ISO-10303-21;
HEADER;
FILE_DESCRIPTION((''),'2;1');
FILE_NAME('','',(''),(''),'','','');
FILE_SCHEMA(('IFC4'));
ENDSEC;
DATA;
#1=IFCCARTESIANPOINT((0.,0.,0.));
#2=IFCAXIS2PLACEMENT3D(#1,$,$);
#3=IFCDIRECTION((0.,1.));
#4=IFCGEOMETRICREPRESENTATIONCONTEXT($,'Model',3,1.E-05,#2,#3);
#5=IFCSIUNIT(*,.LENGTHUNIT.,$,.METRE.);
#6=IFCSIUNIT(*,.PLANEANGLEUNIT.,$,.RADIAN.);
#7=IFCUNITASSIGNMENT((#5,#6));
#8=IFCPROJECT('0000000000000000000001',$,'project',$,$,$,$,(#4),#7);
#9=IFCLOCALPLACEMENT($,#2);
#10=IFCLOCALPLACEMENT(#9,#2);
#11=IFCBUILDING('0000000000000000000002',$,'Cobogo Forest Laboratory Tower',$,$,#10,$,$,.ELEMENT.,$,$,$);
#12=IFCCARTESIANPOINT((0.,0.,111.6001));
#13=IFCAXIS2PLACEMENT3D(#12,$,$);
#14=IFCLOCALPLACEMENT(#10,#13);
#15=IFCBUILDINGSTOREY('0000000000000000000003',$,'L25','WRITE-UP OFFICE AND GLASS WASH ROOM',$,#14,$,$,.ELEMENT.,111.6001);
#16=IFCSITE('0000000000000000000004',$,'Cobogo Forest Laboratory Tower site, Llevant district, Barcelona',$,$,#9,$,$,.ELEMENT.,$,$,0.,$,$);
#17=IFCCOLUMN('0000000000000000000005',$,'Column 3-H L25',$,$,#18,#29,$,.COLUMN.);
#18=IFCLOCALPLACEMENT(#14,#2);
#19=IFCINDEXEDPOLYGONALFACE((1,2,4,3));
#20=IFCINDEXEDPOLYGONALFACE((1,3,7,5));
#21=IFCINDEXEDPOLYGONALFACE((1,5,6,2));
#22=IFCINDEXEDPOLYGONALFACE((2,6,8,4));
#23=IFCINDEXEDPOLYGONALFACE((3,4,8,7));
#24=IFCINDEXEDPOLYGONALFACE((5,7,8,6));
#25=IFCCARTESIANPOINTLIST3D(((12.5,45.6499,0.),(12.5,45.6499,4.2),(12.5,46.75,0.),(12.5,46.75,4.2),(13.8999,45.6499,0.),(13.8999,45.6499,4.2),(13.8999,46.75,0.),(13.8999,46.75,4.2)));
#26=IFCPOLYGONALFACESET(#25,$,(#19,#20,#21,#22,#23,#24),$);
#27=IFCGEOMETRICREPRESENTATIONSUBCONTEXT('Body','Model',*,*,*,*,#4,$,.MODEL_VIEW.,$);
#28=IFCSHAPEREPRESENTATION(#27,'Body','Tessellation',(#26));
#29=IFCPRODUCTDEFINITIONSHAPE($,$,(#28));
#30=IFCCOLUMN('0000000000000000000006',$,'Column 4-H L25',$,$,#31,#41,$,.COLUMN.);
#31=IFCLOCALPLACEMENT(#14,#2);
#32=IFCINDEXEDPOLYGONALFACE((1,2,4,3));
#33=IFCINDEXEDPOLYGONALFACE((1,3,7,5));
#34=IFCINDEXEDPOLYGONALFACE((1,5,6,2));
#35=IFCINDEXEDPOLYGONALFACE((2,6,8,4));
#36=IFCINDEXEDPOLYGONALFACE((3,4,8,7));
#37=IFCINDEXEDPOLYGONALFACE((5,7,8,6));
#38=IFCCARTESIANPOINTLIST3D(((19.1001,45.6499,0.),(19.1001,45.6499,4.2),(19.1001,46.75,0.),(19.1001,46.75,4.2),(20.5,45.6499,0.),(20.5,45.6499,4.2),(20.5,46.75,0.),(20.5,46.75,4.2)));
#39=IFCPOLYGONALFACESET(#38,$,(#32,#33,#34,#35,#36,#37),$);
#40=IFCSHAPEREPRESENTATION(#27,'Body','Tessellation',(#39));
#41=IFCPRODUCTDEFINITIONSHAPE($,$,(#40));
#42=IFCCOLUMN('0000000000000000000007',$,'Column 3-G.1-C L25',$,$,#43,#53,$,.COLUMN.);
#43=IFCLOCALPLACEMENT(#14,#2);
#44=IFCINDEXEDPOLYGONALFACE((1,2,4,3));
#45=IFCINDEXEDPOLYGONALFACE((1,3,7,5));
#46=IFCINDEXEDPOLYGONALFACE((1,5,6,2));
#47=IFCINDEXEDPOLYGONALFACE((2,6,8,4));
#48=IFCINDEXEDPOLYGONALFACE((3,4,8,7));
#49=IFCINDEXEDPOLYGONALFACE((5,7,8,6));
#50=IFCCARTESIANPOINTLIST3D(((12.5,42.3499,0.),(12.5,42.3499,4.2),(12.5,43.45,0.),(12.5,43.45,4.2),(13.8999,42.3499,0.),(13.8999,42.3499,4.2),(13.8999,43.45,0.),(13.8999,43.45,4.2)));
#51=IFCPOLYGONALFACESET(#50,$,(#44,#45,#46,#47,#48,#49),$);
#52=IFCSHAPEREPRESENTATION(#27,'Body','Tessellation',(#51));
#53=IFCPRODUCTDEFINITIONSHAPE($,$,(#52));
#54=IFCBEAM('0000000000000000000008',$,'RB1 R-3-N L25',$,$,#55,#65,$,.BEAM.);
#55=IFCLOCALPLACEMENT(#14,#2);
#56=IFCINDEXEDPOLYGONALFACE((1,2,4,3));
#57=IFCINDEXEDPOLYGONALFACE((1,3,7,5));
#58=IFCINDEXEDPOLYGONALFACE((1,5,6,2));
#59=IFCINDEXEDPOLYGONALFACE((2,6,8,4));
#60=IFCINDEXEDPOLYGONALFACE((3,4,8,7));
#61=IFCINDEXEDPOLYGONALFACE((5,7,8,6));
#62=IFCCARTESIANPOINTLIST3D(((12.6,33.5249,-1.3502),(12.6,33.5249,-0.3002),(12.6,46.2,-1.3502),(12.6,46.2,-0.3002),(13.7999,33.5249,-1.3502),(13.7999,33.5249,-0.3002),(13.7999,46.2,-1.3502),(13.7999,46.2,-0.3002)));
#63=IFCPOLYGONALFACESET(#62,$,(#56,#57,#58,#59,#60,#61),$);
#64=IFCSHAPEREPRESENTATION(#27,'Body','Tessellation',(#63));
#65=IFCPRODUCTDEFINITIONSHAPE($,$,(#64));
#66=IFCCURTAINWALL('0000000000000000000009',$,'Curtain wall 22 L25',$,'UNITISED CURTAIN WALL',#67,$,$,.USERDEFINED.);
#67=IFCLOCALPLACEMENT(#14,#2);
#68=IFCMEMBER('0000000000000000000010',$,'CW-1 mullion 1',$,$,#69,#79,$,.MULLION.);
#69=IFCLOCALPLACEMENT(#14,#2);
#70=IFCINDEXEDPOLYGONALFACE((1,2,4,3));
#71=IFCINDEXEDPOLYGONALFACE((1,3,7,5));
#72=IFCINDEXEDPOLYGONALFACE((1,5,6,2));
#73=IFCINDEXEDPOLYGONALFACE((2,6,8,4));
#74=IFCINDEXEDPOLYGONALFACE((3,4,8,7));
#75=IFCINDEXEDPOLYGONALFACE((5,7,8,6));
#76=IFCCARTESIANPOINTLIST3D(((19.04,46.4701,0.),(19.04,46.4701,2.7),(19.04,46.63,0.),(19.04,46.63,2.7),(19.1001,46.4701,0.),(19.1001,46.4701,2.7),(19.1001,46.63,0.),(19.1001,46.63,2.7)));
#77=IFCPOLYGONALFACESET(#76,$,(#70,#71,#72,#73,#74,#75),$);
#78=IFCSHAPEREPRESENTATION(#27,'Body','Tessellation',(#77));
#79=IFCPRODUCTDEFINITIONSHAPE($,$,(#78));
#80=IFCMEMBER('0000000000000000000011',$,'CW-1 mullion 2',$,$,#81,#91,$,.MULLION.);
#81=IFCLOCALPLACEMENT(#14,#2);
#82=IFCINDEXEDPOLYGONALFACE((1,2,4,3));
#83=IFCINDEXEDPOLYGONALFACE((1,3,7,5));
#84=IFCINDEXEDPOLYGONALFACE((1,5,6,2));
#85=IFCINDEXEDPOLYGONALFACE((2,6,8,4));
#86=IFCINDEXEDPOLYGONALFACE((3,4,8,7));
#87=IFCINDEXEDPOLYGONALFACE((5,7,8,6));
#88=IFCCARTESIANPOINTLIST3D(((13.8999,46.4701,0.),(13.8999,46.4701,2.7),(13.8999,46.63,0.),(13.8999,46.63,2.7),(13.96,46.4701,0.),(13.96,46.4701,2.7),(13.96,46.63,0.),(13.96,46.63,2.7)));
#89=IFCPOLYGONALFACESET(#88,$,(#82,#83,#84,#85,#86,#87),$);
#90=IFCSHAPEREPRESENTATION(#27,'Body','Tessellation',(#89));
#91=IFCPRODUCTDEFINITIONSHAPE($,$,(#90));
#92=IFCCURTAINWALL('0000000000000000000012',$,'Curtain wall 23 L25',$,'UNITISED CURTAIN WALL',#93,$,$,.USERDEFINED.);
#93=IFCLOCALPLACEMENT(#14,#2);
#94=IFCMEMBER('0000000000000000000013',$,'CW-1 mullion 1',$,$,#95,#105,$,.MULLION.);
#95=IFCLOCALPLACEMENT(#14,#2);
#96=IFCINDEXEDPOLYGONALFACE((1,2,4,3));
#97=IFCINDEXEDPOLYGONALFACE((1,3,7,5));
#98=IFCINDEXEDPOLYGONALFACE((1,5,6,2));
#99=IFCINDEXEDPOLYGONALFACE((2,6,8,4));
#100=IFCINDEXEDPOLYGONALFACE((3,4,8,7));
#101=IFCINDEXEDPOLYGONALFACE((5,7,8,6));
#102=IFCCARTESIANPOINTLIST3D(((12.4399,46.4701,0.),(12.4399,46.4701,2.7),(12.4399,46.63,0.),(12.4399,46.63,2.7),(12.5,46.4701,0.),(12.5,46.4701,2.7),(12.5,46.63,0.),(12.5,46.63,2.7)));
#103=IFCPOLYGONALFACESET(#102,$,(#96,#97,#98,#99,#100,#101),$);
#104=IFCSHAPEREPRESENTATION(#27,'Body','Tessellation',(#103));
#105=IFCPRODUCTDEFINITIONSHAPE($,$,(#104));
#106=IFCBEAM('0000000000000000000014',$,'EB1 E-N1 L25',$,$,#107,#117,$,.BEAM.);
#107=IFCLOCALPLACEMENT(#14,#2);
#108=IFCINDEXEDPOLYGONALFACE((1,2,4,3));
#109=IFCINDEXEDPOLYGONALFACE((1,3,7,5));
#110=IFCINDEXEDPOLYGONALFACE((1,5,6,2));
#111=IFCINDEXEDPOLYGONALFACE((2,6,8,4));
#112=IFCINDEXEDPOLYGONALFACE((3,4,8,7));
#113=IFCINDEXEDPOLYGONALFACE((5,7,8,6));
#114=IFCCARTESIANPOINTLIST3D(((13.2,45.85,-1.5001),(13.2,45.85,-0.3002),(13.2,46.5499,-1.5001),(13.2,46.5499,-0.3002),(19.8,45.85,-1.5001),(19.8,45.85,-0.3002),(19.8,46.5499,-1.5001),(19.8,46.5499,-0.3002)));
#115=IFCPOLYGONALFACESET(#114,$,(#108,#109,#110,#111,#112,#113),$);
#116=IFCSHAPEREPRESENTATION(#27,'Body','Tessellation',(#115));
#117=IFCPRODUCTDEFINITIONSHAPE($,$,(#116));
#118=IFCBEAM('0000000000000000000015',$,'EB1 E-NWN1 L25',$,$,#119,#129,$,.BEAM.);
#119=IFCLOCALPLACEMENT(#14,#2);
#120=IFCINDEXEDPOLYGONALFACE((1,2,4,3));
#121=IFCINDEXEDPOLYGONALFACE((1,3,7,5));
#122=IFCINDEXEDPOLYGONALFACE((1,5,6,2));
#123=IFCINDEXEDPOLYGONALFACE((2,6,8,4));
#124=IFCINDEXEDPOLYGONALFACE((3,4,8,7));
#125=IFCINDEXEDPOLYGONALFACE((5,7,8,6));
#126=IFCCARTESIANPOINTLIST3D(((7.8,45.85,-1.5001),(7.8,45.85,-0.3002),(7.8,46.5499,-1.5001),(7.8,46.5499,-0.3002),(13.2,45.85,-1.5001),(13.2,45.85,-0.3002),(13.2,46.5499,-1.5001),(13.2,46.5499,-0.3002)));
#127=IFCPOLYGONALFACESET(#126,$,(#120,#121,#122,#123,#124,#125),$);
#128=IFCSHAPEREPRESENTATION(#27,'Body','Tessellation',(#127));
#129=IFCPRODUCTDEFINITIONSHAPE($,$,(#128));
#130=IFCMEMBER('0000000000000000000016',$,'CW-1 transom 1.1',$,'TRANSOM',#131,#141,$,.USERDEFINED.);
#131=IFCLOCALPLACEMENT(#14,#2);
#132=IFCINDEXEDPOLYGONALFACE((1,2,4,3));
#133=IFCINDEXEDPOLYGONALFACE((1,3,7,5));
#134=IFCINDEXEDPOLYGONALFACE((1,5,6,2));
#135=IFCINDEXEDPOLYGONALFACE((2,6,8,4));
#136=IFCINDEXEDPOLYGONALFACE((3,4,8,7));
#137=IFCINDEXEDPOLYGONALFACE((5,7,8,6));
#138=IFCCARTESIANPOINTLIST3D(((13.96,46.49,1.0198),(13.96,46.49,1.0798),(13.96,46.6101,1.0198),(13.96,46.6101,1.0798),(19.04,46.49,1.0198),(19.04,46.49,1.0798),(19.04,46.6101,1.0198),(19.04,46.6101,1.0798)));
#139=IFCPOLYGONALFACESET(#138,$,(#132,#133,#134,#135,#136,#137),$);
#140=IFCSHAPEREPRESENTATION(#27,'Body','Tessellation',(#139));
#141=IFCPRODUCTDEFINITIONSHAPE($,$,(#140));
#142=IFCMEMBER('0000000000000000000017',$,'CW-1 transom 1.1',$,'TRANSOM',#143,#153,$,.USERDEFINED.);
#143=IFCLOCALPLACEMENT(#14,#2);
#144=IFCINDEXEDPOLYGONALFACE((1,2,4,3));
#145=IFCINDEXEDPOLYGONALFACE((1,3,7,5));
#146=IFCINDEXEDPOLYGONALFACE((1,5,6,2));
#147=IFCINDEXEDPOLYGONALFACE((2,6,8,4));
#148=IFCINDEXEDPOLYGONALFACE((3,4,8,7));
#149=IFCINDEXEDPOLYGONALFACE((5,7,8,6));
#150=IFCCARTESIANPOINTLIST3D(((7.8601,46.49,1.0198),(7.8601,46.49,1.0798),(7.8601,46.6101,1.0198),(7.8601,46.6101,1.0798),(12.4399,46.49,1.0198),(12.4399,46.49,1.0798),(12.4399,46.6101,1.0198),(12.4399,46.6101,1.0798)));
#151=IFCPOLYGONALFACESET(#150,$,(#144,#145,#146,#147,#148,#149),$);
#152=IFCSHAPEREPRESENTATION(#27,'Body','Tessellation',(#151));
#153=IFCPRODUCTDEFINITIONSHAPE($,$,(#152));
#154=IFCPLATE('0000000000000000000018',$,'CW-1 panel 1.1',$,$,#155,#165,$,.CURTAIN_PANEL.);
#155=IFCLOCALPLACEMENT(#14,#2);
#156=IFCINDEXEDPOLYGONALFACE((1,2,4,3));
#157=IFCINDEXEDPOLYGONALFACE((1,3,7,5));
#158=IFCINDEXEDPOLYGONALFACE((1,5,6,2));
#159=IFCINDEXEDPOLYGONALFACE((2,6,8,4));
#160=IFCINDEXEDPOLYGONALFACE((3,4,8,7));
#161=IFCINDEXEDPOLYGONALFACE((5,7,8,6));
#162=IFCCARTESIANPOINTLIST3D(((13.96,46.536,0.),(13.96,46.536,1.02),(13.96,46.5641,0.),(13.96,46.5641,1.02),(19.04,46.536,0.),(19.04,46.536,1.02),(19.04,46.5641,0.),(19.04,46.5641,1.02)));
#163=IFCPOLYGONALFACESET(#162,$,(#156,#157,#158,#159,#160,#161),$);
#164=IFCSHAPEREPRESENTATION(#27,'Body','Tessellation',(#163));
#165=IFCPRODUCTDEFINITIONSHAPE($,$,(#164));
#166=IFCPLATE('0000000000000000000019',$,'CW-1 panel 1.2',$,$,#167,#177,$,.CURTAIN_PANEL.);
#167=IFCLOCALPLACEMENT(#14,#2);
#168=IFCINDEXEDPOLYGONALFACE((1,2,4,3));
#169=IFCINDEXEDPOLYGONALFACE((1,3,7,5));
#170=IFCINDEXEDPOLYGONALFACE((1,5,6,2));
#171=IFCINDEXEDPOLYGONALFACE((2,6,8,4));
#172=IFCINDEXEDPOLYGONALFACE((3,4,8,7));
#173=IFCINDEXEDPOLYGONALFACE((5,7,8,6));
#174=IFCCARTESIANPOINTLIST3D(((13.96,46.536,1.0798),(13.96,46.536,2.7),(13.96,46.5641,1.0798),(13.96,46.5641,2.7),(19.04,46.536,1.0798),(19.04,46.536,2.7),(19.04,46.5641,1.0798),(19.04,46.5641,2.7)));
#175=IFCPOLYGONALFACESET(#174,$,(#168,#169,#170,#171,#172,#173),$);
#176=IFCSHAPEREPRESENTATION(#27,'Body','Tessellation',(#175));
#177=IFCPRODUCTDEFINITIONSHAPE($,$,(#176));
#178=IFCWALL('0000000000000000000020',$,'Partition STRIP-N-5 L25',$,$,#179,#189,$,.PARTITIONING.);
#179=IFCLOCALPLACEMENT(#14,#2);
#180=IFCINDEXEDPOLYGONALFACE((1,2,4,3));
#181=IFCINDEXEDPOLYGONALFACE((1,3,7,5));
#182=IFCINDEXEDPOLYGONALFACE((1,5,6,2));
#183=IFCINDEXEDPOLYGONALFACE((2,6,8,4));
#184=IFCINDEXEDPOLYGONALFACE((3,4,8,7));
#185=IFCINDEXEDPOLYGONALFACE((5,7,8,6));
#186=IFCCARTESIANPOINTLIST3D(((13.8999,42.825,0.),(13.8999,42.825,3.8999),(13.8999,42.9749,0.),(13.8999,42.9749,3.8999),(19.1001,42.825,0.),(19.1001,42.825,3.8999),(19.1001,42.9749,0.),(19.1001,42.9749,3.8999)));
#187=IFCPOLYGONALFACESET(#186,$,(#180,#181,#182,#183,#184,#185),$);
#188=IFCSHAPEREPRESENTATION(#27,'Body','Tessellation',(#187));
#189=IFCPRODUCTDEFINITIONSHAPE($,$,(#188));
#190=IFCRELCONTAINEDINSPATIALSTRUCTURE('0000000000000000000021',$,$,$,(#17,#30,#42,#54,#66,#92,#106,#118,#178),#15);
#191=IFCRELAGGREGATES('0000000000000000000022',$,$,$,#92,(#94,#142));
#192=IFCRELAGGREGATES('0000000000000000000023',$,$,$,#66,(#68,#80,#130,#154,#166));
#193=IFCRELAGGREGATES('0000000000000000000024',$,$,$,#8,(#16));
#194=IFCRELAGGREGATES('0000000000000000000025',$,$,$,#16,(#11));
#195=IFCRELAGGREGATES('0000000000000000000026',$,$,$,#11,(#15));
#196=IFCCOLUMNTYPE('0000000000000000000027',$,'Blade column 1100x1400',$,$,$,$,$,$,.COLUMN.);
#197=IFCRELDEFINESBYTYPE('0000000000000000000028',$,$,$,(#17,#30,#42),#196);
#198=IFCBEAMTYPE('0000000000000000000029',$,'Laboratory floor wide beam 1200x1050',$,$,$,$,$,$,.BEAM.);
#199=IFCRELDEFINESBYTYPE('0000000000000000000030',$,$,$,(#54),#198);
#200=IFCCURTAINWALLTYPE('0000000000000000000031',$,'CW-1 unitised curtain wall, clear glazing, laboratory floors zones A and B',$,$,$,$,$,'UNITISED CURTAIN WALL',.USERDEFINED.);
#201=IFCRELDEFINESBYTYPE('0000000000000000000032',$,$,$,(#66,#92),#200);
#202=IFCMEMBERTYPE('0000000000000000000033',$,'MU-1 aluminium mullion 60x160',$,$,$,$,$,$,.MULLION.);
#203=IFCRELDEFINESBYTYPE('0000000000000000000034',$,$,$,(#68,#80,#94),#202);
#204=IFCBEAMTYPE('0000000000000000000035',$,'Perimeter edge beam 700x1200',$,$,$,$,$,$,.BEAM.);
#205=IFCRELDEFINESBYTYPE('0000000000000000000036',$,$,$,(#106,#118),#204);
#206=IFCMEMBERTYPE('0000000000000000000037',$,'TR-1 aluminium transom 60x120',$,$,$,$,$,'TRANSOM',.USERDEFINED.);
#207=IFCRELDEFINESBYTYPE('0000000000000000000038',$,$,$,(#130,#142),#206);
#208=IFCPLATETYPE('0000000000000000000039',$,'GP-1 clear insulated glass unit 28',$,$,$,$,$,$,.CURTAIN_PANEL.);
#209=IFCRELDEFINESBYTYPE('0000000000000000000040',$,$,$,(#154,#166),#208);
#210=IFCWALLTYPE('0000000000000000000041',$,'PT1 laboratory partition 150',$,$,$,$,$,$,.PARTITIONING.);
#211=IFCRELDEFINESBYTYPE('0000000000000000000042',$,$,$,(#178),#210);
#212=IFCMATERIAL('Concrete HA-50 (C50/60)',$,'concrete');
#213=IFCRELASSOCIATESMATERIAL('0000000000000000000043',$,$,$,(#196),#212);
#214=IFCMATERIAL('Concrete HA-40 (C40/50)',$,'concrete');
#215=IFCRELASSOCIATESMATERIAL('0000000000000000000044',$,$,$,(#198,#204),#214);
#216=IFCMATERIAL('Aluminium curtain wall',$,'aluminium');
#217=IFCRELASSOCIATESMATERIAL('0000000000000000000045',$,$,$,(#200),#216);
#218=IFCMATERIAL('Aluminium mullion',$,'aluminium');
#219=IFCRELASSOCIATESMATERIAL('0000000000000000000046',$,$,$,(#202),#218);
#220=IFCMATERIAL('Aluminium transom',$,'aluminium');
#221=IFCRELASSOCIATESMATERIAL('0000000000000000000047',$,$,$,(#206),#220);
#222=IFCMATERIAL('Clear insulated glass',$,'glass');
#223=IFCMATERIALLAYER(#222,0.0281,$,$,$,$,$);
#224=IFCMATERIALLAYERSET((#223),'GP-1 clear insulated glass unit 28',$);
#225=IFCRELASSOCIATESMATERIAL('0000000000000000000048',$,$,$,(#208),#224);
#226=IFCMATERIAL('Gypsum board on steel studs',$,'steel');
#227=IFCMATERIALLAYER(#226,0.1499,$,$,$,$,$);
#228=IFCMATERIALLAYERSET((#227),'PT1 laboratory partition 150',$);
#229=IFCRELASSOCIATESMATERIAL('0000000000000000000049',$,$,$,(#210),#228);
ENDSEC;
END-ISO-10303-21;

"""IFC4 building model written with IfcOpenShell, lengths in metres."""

from ifc_helpers import new_model, si_unit, direction, frame, frame_2d, origin, origin_2d, place, context, subcontext, project, spatial, rectangle, extrude, material, layer, layer_set, material_profile, profile_set, type_object, element, aggregate, save


model = new_model("IFC4")

# Units and contexts
model_context = context("Model", 3, precision=1e-05, world=origin(), true_north=direction((0.0, 1.0)))
body_context = subcontext(model_context, "Body", "Model", "MODEL_VIEW")
ifc_project = project(units=[si_unit("LENGTHUNIT", "METRE"), si_unit("PLANEANGLEUNIT", "RADIAN")], contexts=[model_context])

# Site, building, storey
site_placement = place(None, origin())
site = spatial("IfcSite", under=ifc_project, at=site_placement, Name="Cobogo Forest Laboratory Tower site, Llevant district, Barcelona", CompositionType="ELEMENT", RefElevation=0.0)
building_placement = place(site_placement, origin())
building = spatial("IfcBuilding", under=site, at=building_placement, Name="Cobogo Forest Laboratory Tower", CompositionType="ELEMENT")
storey_placement = place(building_placement, frame((0.0, 0.0, 111.6001)))
storey = spatial("IfcBuildingStorey", under=building, at=storey_placement, Name="L25", Description="WRITE-UP OFFICE AND GLASS WASH ROOM", CompositionType="ELEMENT", Elevation=111.6001)

# Columns
ifc_material_1 = material(Name="Concrete HA-50 (C50/60)", Category="concrete")
ifc_material_profile_1 = material_profile(ifc_material_1, rectangle(XDim=1.3999, YDim=1.1001, at=origin_2d()), Name="RC 1100x1400")
ifc_profile_set_1 = profile_set([ifc_material_profile_1], Name="Concrete HA-50 (C50/60)")
column_type = type_object("IfcColumnType", Name="Blade column 1100x1400", PredefinedType="COLUMN", material=ifc_profile_set_1)
for number, where, z_axis, x_axis, name in (
    (1, (13.2, 46.2, 0.0), (0.0, 0.0, 1.0), (1.0, 0.0, 0.0), "Column 3-H L25"),
    (2, (19.8, 46.2, 0.0), (0.0, 0.0, 1.0), (1.0, 0.0, 0.0), "Column 4-H L25"),
    (3, (13.2, 42.8999, 0.0), (0.0, 0.0, 1.0), (1.0, 0.0, 0.0), "Column 3-G.1-C L25"),
):
    element("IfcColumn", number, at=place(storey_placement, frame(where, z_axis=z_axis, x_axis=x_axis)), inside=storey, type_object=column_type, Name=name, PredefinedType="COLUMN", context=body_context, shape_type="SweptSolid", body=[
        extrude(rectangle(XDim=1.3999, YDim=1.1001, at=origin_2d()), origin(), (0.0, 0.0, 1.0), 4.2),
    ])

# Beam
ifc_material_2 = material(Name="Concrete HA-40 (C40/50)", Category="concrete")
ifc_material_profile_2 = material_profile(ifc_material_2, rectangle(XDim=1.2, YDim=1.05, at=origin_2d()), Name="RC 1200x1050")
ifc_profile_set_2 = profile_set([ifc_material_profile_2], Name="Concrete HA-40 (C40/50)")
beam_type_1 = type_object("IfcBeamType", Name="Laboratory floor wide beam 1200x1050", PredefinedType="BEAM", material=ifc_profile_set_2)
beam_1_placement = place(storey_placement, frame((13.2, 33.5249, -0.8252), z_axis=(0.0, 1.0, 0.0), x_axis=(-1.0, 0.0, 0.0)))
element("IfcBeam", 4, at=beam_1_placement, inside=storey, type_object=beam_type_1, Name="RB1 R-3-N L25", PredefinedType="BEAM", context=body_context, shape_type="SweptSolid", body=[
    extrude(rectangle(XDim=1.2, YDim=1.05, at=origin_2d()), origin(), (0.0, 0.0, 1.0), 12.675),
])

# Curtain wall, members
ifc_material_3 = material(Name="Aluminium curtain wall", Category="aluminium")
curtain_wall_type = type_object("IfcCurtainWallType", Name="CW-1 unitised curtain wall, clear glazing, laboratory floors zones A and B", ElementType="UNITISED CURTAIN WALL", PredefinedType="USERDEFINED", material=ifc_material_3)
curtain_wall_1_placement = place(storey_placement, origin())
curtain_wall_1 = element("IfcCurtainWall", 5, at=curtain_wall_1_placement, inside=storey, type_object=curtain_wall_type, Name="Curtain wall 22 L25", ObjectType="UNITISED CURTAIN WALL", PredefinedType="USERDEFINED")
ifc_material_4 = material(Name="Aluminium mullion", Category="aluminium")
ifc_material_profile_3 = material_profile(ifc_material_4, rectangle(XDim=0.0601, YDim=0.1599, at=origin_2d()), Name="AL 60x160")
ifc_profile_set_3 = profile_set([ifc_material_profile_3], Name="Aluminium mullion")
member_type_1 = type_object("IfcMemberType", Name="MU-1 aluminium mullion 60x160", PredefinedType="MULLION", material=ifc_profile_set_3)
member_1_placement = place(storey_placement, frame((19.0701, 46.55, 0.0), z_axis=(0.0, 0.0, 1.0), x_axis=(-1.0, 0.0, 0.0)))
member_1 = element("IfcMember", 6, at=member_1_placement, type_object=member_type_1, Name="CW-1 mullion 1", PredefinedType="MULLION", context=body_context, shape_type="SweptSolid", body=[
    extrude(rectangle(XDim=0.0601, YDim=0.1599, at=origin_2d()), origin(), (0.0, 0.0, 1.0), 2.7),
])
member_2_placement = place(storey_placement, frame((13.9299, 46.55, 0.0), z_axis=(0.0, 0.0, 1.0), x_axis=(-1.0, 0.0, 0.0)))
member_2 = element("IfcMember", 7, at=member_2_placement, type_object=member_type_1, Name="CW-1 mullion 2", PredefinedType="MULLION", context=body_context, shape_type="SweptSolid", body=[
    extrude(rectangle(XDim=0.0601, YDim=0.1599, at=origin_2d()), origin(), (0.0, 0.0, 1.0), 2.7),
])

# Curtain wall, member
curtain_wall_2_placement = place(storey_placement, origin())
curtain_wall_2 = element("IfcCurtainWall", 8, at=curtain_wall_2_placement, inside=storey, type_object=curtain_wall_type, Name="Curtain wall 23 L25", ObjectType="UNITISED CURTAIN WALL", PredefinedType="USERDEFINED")
member_3_placement = place(storey_placement, frame((12.47, 46.55, 0.0), z_axis=(0.0, 0.0, 1.0), x_axis=(-1.0, 0.0, 0.0)))
member_3 = element("IfcMember", 9, at=member_3_placement, type_object=member_type_1, Name="CW-1 mullion 1", PredefinedType="MULLION", context=body_context, shape_type="SweptSolid", body=[
    extrude(rectangle(XDim=0.0601, YDim=0.1599, at=origin_2d()), origin(), (0.0, 0.0, 1.0), 2.7),
])

# Beams
ifc_material_profile_4 = material_profile(ifc_material_2, rectangle(XDim=0.7, YDim=1.2, at=origin_2d()), Name="RC 700x1200")
ifc_profile_set_4 = profile_set([ifc_material_profile_4], Name="Concrete HA-40 (C40/50)")
beam_type_2 = type_object("IfcBeamType", Name="Perimeter edge beam 700x1200", PredefinedType="BEAM", material=ifc_profile_set_4)
beam_2_placement = place(storey_placement, frame((13.2, 46.2, -0.9001), z_axis=(1.0, 0.0, 0.0), x_axis=(0.0, 1.0, 0.0)))
element("IfcBeam", 10, at=beam_2_placement, inside=storey, type_object=beam_type_2, Name="EB1 E-N1 L25", PredefinedType="BEAM", context=body_context, shape_type="SweptSolid", body=[
    extrude(rectangle(XDim=0.7, YDim=1.2, at=origin_2d()), origin(), (0.0, 0.0, 1.0), 6.6001),
])
beam_3_placement = place(storey_placement, frame((13.2, 46.2, -0.9001), z_axis=(-1.0, 0.0, 0.0), x_axis=(0.0, -1.0, 0.0)))
element("IfcBeam", 11, at=beam_3_placement, inside=storey, type_object=beam_type_2, Name="EB1 E-NWN1 L25", PredefinedType="BEAM", context=body_context, shape_type="SweptSolid", body=[
    extrude(rectangle(XDim=0.7, YDim=1.2, at=origin_2d()), origin(), (0.0, 0.0, 1.0), 5.3999),
])

# Members
ifc_material_5 = material(Name="Aluminium transom", Category="aluminium")
ifc_material_profile_5 = material_profile(ifc_material_5, rectangle(XDim=0.1201, YDim=0.0601, at=origin_2d()), Name="AL 60x120")
ifc_profile_set_5 = profile_set([ifc_material_profile_5], Name="Aluminium transom")
member_type_2 = type_object("IfcMemberType", Name="TR-1 aluminium transom 60x120", ElementType="TRANSOM", PredefinedType="USERDEFINED", material=ifc_profile_set_5)
member_4_placement = place(storey_placement, frame((19.04, 46.55, 1.0498), z_axis=(-1.0, 0.0, 0.0), x_axis=(0.0, -1.0, 0.0)))
member_4 = element("IfcMember", 12, at=member_4_placement, type_object=member_type_2, Name="CW-1 transom 1.1", ObjectType="TRANSOM", PredefinedType="USERDEFINED", context=body_context, shape_type="SweptSolid", body=[
    extrude(rectangle(XDim=0.1201, YDim=0.0601, at=origin_2d()), origin(), (0.0, 0.0, 1.0), 5.0801),
])
member_5_placement = place(storey_placement, frame((12.4399, 46.55, 1.0498), z_axis=(-1.0, 0.0, 0.0), x_axis=(0.0, -1.0, 0.0)))
member_5 = element("IfcMember", 13, at=member_5_placement, type_object=member_type_2, Name="CW-1 transom 1.1", ObjectType="TRANSOM", PredefinedType="USERDEFINED", context=body_context, shape_type="SweptSolid", body=[
    extrude(rectangle(XDim=0.1201, YDim=0.0601, at=origin_2d()), origin(), (0.0, 0.0, 1.0), 4.5798),
])
aggregate(curtain_wall_2, [member_3, member_5])

# Plates
ifc_material_6 = material(Name="Clear insulated glass", Category="glass")
ifc_layer_1 = layer(ifc_material_6, 0.0281)
ifc_layer_set_1 = layer_set([ifc_layer_1], Name="GP-1 clear insulated glass unit 28")
plate_type_1 = type_object("IfcPlateType", Name="GP-1 clear insulated glass unit 28", PredefinedType="CURTAIN_PANEL", material=ifc_layer_set_1)
plate_1_placement = place(storey_placement, frame((16.5, 46.55, 0.0), z_axis=(0.0, 0.0, 1.0), x_axis=(-1.0, 0.0, 0.0)))
plate_1 = element("IfcPlate", 14, at=plate_1_placement, type_object=plate_type_1, Name="CW-1 panel 1.1", PredefinedType="CURTAIN_PANEL", context=body_context, shape_type="SweptSolid", body=[
    extrude(rectangle(XDim=5.0801, YDim=0.0281, at=origin_2d()), origin(), (0.0, 0.0, 1.0), 1.02),
])
plate_2_placement = place(storey_placement, frame((16.5, 46.55, 1.0798), z_axis=(0.0, 0.0, 1.0), x_axis=(-1.0, 0.0, 0.0)))
plate_2 = element("IfcPlate", 15, at=plate_2_placement, type_object=plate_type_1, Name="CW-1 panel 1.2", PredefinedType="CURTAIN_PANEL", context=body_context, shape_type="SweptSolid", body=[
    extrude(rectangle(XDim=5.0801, YDim=0.0281, at=origin_2d()), origin(), (0.0, 0.0, 1.0), 1.6201),
])
aggregate(curtain_wall_1, [member_1, member_2, member_4, plate_1, plate_2])

# Wall
ifc_material_7 = material(Name="Gypsum board on steel studs", Category="steel")
ifc_layer_2 = layer(ifc_material_7, 0.1499)
ifc_layer_set_2 = layer_set([ifc_layer_2], Name="PT1 laboratory partition 150")
wall_type = type_object("IfcWallType", Name="PT1 laboratory partition 150", PredefinedType="PARTITIONING", material=ifc_layer_set_2)
wall_1_placement = place(storey_placement, frame((19.1001, 42.8999, 0.0), z_axis=(0.0, 0.0, 1.0), x_axis=(-1.0, 0.0, 0.0)))
element("IfcWall", 16, at=wall_1_placement, inside=storey, type_object=wall_type, Name="Partition STRIP-N-5 L25", PredefinedType="PARTITIONING", context=body_context, shape_type="SweptSolid", body=[
    extrude(rectangle(XDim=5.2002, YDim=0.1499, at=frame_2d((2.6001, 0.0))), origin(), (0.0, 0.0, 1.0), 3.8999),
])

save(model, "model.ifc")
